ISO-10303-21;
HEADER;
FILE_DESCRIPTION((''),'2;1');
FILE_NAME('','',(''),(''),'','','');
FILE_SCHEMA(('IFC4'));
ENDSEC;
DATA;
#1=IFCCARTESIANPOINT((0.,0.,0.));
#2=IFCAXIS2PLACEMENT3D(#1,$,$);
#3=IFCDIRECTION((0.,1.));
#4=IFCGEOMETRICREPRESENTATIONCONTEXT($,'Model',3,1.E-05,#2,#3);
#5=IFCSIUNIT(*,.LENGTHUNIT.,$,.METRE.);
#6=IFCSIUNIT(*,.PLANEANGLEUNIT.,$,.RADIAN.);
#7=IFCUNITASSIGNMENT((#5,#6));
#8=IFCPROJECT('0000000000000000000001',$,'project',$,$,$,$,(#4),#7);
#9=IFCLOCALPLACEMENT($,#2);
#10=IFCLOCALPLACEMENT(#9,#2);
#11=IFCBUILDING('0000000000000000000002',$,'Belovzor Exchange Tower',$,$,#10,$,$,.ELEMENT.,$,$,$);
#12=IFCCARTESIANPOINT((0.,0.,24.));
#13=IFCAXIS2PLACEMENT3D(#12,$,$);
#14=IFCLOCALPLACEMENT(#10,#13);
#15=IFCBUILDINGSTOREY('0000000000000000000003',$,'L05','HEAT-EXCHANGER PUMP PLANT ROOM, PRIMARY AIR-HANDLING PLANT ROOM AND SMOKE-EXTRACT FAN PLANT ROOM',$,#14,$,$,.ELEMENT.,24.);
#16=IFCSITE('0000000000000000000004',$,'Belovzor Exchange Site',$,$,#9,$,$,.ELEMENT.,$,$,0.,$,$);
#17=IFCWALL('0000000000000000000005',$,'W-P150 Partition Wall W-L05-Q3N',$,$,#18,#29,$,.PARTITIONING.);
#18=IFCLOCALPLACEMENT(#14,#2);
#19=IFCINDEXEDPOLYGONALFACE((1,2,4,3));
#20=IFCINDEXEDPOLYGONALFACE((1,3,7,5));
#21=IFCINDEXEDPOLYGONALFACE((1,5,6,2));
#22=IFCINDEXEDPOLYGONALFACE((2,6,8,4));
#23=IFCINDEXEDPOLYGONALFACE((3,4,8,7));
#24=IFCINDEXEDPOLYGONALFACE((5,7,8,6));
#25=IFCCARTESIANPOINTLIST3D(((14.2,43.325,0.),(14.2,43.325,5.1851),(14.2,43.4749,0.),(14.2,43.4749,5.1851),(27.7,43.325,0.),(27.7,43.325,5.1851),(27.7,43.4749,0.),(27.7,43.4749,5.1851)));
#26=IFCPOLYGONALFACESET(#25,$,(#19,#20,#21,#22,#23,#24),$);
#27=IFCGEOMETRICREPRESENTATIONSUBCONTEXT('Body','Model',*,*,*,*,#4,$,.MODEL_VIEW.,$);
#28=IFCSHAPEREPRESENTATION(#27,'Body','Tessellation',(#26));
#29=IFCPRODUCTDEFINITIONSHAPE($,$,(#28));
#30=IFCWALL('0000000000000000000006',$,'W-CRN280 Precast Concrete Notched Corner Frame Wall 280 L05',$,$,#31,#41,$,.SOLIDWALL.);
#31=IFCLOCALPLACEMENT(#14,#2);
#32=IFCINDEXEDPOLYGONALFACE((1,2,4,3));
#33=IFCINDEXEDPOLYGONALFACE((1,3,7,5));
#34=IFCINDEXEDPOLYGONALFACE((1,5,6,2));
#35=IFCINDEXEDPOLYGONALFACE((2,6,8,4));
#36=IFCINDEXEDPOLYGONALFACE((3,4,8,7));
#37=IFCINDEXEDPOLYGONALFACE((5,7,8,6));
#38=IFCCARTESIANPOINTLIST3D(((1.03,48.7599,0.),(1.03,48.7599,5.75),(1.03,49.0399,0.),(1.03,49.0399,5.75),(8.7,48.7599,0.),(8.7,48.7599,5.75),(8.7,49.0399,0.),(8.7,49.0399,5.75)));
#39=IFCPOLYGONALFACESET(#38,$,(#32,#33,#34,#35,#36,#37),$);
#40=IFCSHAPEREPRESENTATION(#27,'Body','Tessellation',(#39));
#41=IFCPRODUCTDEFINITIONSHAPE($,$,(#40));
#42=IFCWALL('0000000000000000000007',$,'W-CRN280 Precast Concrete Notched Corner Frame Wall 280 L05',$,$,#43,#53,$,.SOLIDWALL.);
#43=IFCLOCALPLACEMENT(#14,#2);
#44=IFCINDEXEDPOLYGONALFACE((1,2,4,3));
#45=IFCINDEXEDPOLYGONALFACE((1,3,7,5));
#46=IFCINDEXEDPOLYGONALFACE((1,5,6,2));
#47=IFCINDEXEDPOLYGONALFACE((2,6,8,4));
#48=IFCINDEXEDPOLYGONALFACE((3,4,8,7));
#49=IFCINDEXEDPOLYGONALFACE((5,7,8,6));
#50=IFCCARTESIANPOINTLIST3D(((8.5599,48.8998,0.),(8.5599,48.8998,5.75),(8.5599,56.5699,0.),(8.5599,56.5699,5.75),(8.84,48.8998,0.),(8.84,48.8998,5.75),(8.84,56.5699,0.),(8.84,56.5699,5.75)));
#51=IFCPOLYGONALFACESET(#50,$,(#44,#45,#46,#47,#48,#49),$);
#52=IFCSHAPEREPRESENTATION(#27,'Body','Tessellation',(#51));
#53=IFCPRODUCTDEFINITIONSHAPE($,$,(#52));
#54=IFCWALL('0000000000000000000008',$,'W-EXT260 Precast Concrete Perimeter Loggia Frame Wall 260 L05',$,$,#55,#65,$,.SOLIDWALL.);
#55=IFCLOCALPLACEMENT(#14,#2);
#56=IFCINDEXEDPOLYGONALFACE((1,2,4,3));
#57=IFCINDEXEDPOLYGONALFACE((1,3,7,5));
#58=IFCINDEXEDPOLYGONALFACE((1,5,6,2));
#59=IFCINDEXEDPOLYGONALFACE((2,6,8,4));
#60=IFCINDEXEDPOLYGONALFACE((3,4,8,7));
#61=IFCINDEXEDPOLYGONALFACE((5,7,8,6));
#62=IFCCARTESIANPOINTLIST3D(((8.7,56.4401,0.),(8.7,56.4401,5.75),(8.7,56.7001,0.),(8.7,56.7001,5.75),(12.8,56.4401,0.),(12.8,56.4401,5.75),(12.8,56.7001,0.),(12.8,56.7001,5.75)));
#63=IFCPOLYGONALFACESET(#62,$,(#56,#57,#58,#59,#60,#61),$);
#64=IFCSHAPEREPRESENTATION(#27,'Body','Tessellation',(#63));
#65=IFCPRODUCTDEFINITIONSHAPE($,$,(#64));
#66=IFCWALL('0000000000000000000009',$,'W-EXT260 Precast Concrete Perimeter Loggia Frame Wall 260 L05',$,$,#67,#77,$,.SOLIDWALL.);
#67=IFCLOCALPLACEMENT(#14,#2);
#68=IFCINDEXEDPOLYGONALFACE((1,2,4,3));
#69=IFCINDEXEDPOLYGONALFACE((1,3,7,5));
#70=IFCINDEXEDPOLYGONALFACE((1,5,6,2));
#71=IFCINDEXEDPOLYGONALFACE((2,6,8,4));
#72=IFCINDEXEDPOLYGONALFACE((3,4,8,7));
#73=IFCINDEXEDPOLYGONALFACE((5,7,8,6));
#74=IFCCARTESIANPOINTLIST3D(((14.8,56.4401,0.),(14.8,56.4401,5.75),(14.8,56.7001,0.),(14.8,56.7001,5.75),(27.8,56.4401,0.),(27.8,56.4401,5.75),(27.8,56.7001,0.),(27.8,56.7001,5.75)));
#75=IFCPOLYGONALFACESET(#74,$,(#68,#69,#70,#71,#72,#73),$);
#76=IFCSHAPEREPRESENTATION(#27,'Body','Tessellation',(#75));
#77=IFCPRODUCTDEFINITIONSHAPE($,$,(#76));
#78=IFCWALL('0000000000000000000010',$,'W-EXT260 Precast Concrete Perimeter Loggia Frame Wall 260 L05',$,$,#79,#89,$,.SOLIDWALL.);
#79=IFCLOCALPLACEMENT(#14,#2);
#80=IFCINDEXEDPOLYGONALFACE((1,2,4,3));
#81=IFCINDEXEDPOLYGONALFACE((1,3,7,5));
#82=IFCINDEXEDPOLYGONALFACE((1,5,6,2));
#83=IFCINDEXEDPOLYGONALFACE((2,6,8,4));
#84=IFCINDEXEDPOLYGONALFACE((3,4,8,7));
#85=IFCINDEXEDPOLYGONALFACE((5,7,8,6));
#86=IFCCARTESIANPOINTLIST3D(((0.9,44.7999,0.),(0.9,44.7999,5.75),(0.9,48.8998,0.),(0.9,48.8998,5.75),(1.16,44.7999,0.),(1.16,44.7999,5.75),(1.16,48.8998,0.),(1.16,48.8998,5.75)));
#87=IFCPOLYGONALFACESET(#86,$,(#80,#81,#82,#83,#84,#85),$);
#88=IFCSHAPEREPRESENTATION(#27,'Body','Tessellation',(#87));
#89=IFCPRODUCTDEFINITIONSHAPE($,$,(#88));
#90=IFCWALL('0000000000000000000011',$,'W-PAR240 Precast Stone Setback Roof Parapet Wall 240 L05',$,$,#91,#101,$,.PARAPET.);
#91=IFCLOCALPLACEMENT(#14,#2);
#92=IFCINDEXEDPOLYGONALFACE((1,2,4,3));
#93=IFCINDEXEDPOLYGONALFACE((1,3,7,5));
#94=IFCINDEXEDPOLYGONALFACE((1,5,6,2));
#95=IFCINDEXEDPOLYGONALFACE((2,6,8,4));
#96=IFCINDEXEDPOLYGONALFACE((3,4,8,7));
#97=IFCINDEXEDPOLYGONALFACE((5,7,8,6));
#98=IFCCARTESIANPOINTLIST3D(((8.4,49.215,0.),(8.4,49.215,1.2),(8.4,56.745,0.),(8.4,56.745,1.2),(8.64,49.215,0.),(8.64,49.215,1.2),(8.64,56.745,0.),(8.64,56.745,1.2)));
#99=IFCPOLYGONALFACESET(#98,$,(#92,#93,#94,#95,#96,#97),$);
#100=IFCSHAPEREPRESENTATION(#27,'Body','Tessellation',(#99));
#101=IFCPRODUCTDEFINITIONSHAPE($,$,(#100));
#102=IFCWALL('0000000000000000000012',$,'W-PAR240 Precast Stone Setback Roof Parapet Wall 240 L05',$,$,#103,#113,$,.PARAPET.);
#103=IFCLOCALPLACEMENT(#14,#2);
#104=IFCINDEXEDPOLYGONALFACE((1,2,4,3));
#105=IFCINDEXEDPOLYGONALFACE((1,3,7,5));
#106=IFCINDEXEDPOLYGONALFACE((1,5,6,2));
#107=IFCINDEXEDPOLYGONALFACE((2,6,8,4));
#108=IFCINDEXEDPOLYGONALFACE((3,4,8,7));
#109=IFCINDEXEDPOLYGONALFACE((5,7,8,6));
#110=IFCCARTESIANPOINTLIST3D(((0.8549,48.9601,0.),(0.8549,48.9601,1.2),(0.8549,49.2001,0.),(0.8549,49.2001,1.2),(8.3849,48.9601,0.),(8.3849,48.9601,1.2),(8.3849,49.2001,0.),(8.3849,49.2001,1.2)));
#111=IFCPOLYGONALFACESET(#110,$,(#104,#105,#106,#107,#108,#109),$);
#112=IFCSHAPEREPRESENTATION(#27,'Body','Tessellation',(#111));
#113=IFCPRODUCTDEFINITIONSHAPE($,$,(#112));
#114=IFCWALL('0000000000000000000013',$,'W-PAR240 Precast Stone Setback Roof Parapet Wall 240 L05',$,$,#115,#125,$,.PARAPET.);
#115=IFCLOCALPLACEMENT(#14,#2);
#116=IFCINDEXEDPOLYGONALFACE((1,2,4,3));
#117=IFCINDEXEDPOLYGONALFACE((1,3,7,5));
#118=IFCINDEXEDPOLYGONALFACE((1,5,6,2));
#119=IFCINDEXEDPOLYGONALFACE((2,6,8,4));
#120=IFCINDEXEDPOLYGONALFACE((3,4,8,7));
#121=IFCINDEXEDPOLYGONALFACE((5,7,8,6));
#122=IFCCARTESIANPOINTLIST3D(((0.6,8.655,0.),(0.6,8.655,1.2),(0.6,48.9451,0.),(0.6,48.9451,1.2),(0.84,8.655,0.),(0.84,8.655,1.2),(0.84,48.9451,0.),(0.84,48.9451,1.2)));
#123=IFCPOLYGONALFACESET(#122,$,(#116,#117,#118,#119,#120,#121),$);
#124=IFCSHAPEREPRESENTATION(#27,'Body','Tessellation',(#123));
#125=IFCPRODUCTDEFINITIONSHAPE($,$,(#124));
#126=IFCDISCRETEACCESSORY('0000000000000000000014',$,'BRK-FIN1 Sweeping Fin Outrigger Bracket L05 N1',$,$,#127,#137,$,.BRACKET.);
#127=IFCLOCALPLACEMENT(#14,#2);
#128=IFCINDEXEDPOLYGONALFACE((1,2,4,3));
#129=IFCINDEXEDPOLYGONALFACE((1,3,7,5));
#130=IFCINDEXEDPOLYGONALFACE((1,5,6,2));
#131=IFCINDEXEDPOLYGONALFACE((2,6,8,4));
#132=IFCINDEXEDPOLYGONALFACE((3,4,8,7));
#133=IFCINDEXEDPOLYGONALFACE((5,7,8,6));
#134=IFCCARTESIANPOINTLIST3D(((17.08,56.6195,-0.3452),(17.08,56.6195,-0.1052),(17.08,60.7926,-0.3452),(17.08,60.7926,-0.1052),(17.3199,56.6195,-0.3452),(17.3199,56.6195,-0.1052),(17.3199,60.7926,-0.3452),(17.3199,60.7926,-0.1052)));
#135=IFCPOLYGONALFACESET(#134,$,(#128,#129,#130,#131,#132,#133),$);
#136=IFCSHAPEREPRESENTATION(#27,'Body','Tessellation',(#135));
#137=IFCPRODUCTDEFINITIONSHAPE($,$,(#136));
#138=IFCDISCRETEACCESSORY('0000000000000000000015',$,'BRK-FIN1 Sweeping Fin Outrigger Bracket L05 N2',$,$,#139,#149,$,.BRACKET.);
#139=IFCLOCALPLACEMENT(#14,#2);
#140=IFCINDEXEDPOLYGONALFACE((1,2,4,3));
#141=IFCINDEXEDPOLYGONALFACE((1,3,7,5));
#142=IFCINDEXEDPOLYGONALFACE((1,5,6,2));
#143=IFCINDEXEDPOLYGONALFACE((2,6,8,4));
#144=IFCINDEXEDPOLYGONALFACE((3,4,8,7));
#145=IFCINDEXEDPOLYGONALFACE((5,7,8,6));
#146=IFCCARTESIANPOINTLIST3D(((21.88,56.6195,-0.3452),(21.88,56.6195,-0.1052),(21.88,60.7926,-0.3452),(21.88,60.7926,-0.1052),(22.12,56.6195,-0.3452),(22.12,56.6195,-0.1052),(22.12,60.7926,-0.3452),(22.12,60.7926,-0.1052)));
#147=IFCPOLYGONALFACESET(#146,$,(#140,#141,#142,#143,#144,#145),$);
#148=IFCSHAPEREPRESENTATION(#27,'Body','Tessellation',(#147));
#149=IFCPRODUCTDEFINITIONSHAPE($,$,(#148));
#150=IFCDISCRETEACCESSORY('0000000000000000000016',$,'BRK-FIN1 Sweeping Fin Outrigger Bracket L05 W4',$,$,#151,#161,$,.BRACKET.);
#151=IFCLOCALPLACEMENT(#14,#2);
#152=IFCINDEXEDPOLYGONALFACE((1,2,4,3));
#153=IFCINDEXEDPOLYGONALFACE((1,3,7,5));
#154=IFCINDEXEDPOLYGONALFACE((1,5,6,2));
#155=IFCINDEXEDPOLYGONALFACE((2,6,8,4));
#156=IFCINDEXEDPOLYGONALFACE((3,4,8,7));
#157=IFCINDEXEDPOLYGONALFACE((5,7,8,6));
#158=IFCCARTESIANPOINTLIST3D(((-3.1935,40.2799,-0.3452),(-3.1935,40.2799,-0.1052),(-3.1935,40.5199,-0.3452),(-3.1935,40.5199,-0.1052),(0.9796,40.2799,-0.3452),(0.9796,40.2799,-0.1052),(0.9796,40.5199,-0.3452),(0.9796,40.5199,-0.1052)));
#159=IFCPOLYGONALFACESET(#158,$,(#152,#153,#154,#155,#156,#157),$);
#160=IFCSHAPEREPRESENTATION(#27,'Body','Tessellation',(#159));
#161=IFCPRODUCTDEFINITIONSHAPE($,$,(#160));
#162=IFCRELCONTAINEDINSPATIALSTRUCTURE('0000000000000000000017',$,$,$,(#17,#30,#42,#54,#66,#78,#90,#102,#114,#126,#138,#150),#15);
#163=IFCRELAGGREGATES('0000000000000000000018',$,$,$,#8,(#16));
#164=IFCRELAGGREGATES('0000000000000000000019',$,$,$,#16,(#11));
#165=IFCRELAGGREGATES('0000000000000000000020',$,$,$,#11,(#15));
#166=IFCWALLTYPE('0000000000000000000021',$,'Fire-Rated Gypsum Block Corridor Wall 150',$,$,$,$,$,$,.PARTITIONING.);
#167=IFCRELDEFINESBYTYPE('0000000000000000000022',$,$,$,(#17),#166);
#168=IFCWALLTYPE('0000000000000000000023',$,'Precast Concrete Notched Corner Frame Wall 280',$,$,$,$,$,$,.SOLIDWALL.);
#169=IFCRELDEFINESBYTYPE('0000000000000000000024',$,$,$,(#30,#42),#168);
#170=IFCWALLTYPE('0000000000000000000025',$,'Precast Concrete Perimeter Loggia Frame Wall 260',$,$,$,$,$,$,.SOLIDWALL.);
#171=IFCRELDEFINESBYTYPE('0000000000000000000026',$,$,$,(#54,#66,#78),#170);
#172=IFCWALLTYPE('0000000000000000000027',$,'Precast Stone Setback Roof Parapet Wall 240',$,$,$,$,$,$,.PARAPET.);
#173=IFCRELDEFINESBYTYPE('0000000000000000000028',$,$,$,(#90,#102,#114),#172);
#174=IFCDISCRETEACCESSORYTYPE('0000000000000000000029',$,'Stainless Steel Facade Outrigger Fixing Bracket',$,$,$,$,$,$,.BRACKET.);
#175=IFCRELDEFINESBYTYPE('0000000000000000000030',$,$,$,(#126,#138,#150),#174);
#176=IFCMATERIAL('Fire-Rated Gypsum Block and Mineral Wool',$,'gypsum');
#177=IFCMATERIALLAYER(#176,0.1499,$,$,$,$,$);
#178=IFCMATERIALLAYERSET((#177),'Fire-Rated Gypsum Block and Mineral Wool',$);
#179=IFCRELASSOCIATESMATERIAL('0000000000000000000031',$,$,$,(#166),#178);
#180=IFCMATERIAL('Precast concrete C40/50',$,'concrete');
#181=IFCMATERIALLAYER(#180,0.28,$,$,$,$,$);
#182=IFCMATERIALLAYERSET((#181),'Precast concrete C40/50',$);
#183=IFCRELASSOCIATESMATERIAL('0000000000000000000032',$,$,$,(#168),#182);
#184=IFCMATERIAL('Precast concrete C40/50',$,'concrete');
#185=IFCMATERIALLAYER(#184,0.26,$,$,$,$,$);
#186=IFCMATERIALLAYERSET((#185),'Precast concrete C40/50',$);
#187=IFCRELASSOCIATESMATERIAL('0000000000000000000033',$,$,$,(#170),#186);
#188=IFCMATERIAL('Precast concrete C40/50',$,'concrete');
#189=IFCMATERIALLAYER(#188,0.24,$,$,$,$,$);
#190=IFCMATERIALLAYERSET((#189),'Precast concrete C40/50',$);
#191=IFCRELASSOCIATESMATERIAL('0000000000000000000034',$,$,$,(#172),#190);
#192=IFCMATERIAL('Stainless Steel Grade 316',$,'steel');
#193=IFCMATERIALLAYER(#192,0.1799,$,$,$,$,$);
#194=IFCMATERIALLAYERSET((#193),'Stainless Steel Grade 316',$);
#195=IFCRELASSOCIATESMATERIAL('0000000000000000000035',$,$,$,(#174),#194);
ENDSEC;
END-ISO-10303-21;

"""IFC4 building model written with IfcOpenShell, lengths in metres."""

from ifc_helpers import new_model, si_unit, direction, frame, frame_2d, origin, origin_2d, place, context, subcontext, project, spatial, rectangle, extrude, material, layer, layer_set, type_object, element, save


model = new_model("IFC4")

# Units and contexts
model_context = context("Model", 3, precision=1e-05, world=origin(), true_north=direction((0.0, 1.0)))
body_context = subcontext(model_context, "Body", "Model", "MODEL_VIEW")
ifc_project = project(units=[si_unit("LENGTHUNIT", "METRE"), si_unit("PLANEANGLEUNIT", "RADIAN")], contexts=[model_context])

# Site, building, storey
site_placement = place(None, origin())
site = spatial("IfcSite", under=ifc_project, at=site_placement, Name="Belovzor Exchange Site", CompositionType="ELEMENT", RefElevation=0.0)
building_placement = place(site_placement, origin())
building = spatial("IfcBuilding", under=site, at=building_placement, Name="Belovzor Exchange Tower", CompositionType="ELEMENT")
storey_placement = place(building_placement, frame((0.0, 0.0, 24.0)))
storey = spatial("IfcBuildingStorey", under=building, at=storey_placement, Name="L05", Description="HEAT-EXCHANGER PUMP PLANT ROOM, PRIMARY AIR-HANDLING PLANT ROOM AND SMOKE-EXTRACT FAN PLANT ROOM", CompositionType="ELEMENT", Elevation=24.0)

# Walls
ifc_material_1 = material(Name="Fire-Rated Gypsum Block and Mineral Wool", Category="gypsum")
ifc_layer_1 = layer(ifc_material_1, 0.1499)
ifc_layer_set_1 = layer_set([ifc_layer_1], Name="Fire-Rated Gypsum Block and Mineral Wool")
wall_type_1 = type_object("IfcWallType", Name="Fire-Rated Gypsum Block Corridor Wall 150", PredefinedType="PARTITIONING", material=ifc_layer_set_1)
wall_1_placement = place(storey_placement, frame((14.2, 43.3999, 0.0), z_axis=(0.0, 0.0, 1.0), x_axis=(1.0, 0.0, 0.0)))
element("IfcWall", 1, at=wall_1_placement, inside=storey, type_object=wall_type_1, Name="W-P150 Partition Wall W-L05-Q3N", PredefinedType="PARTITIONING", context=body_context, shape_type="SweptSolid", body=[
    extrude(rectangle(XDim=13.5, YDim=0.1499, at=frame_2d((6.75, 0.0))), origin(), (0.0, 0.0, 1.0), 5.1851),
])
ifc_material_2 = material(Name="Precast concrete C40/50", Category="concrete")
ifc_layer_2 = layer(ifc_material_2, 0.28)
ifc_layer_set_2 = layer_set([ifc_layer_2], Name="Precast concrete C40/50")
wall_type_2 = type_object("IfcWallType", Name="Precast Concrete Notched Corner Frame Wall 280", PredefinedType="SOLIDWALL", material=ifc_layer_set_2)
wall_2_placement = place(storey_placement, frame((1.03, 48.8999, 0.0), z_axis=(0.0, 0.0, 1.0), x_axis=(1.0, 0.0, 0.0)))
element("IfcWall", 2, at=wall_2_placement, inside=storey, type_object=wall_type_2, Name="W-CRN280 Precast Concrete Notched Corner Frame Wall 280 L05", PredefinedType="SOLIDWALL", context=body_context, shape_type="SweptSolid", body=[
    extrude(rectangle(XDim=7.6699, YDim=0.28, at=frame_2d((3.835, 0.0))), origin(), (0.0, 0.0, 1.0), 5.75),
])
wall_3_placement = place(storey_placement, frame((8.7, 48.8999, 0.0), z_axis=(0.0, 0.0, 1.0), x_axis=(0.0, 1.0, 0.0)))
element("IfcWall", 3, at=wall_3_placement, inside=storey, type_object=wall_type_2, Name="W-CRN280 Precast Concrete Notched Corner Frame Wall 280 L05", PredefinedType="SOLIDWALL", context=body_context, shape_type="SweptSolid", body=[
    extrude(rectangle(XDim=7.6702, YDim=0.28, at=frame_2d((3.835, 0.0))), origin(), (0.0, 0.0, 1.0), 5.75),
])
ifc_material_3 = material(Name="Precast concrete C40/50", Category="concrete")
ifc_layer_3 = layer(ifc_material_3, 0.26)
ifc_layer_set_3 = layer_set([ifc_layer_3], Name="Precast concrete C40/50")
wall_type_3 = type_object("IfcWallType", Name="Precast Concrete Perimeter Loggia Frame Wall 260", PredefinedType="SOLIDWALL", material=ifc_layer_set_3)
wall_4_placement = place(storey_placement, frame((8.7, 56.5701, 0.0), z_axis=(0.0, 0.0, 1.0), x_axis=(1.0, 0.0, 0.0)))
element("IfcWall", 4, at=wall_4_placement, inside=storey, type_object=wall_type_3, Name="W-EXT260 Precast Concrete Perimeter Loggia Frame Wall 260 L05", PredefinedType="SOLIDWALL", context=body_context, shape_type="SweptSolid", body=[
    extrude(rectangle(XDim=4.1001, YDim=0.26, at=frame_2d((2.05, 0.0))), origin(), (0.0, 0.0, 1.0), 5.75),
])
wall_5_placement = place(storey_placement, frame((14.8, 56.5701, 0.0), z_axis=(0.0, 0.0, 1.0), x_axis=(1.0, 0.0, 0.0)))
element("IfcWall", 5, at=wall_5_placement, inside=storey, type_object=wall_type_3, Name="W-EXT260 Precast Concrete Perimeter Loggia Frame Wall 260 L05", PredefinedType="SOLIDWALL", context=body_context, shape_type="SweptSolid", body=[
    extrude(rectangle(XDim=13.0, YDim=0.26, at=frame_2d((6.5, 0.0))), origin(), (0.0, 0.0, 1.0), 5.75),
])
wall_6_placement = place(storey_placement, frame((1.03, 44.8, 0.0), z_axis=(0.0, 0.0, 1.0), x_axis=(0.0, 1.0, 0.0)))
element("IfcWall", 6, at=wall_6_placement, inside=storey, type_object=wall_type_3, Name="W-EXT260 Precast Concrete Perimeter Loggia Frame Wall 260 L05", PredefinedType="SOLIDWALL", context=body_context, shape_type="SweptSolid", body=[
    extrude(rectangle(XDim=4.0999, YDim=0.26, at=frame_2d((2.0498, 0.0))), origin(), (0.0, 0.0, 1.0), 5.75),
])
ifc_material_4 = material(Name="Precast concrete C40/50", Category="concrete")
ifc_layer_4 = layer(ifc_material_4, 0.24)
ifc_layer_set_4 = layer_set([ifc_layer_4], Name="Precast concrete C40/50")
wall_type_4 = type_object("IfcWallType", Name="Precast Stone Setback Roof Parapet Wall 240", PredefinedType="PARAPET", material=ifc_layer_set_4)
for number, where, z_axis, x_axis, name in (
    (7, (8.52, 56.7451, 0.0), (0.0, 0.0, 1.0), (0.0, -1.0, 0.0), "W-PAR240 Precast Stone Setback Roof Parapet Wall 240 L05"),
    (8, (8.385, 49.0801, 0.0), (0.0, 0.0, 1.0), (-1.0, 0.0, 0.0), "W-PAR240 Precast Stone Setback Roof Parapet Wall 240 L05"),
):
    element("IfcWall", number, at=place(storey_placement, frame(where, z_axis=z_axis, x_axis=x_axis)), inside=storey, type_object=wall_type_4, Name=name, PredefinedType="PARAPET", context=body_context, shape_type="SweptSolid", body=[
        extrude(rectangle(XDim=7.53, YDim=0.24, at=frame_2d((3.7651, 0.0))), origin(), (0.0, 0.0, 1.0), 1.2),
    ])
wall_7_placement = place(storey_placement, frame((0.72, 48.9451, 0.0), z_axis=(0.0, 0.0, 1.0), x_axis=(0.0, -1.0, 0.0)))
element("IfcWall", 9, at=wall_7_placement, inside=storey, type_object=wall_type_4, Name="W-PAR240 Precast Stone Setback Roof Parapet Wall 240 L05", PredefinedType="PARAPET", context=body_context, shape_type="SweptSolid", body=[
    extrude(rectangle(XDim=40.29, YDim=0.24, at=frame_2d((20.145, 0.0))), origin(), (0.0, 0.0, 1.0), 1.2),
])

# Discrete accessories
ifc_material_5 = material(Name="Stainless Steel Grade 316", Category="steel")
ifc_layer_5 = layer(ifc_material_5, 0.1799)
ifc_layer_set_5 = layer_set([ifc_layer_5], Name="Stainless Steel Grade 316")
discrete_accessory_type = type_object("IfcDiscreteAccessoryType", Name="Stainless Steel Facade Outrigger Fixing Bracket", PredefinedType="BRACKET", material=ifc_layer_set_5)
for number, where, z_axis, x_axis, name in (
    (10, (17.2, 58.7061, -0.3452), (0.0, 0.0, 1.0), (0.0, 1.0, 0.0), "BRK-FIN1 Sweeping Fin Outrigger Bracket L05 N1"),
    (11, (22.0, 58.7061, -0.3452), (0.0, 0.0, 1.0), (0.0, 1.0, 0.0), "BRK-FIN1 Sweeping Fin Outrigger Bracket L05 N2"),
    (12, (-1.1069, 40.3999, -0.3452), (0.0, 0.0, 1.0), (1.0, 0.0, 0.0), "BRK-FIN1 Sweeping Fin Outrigger Bracket L05 W4"),
):
    element("IfcDiscreteAccessory", number, at=place(storey_placement, frame(where, z_axis=z_axis, x_axis=x_axis)), inside=storey, type_object=discrete_accessory_type, Name=name, PredefinedType="BRACKET", context=body_context, shape_type="SweptSolid", body=[
        extrude(rectangle(XDim=4.1731, YDim=0.24, at=origin_2d()), origin(), (0.0, 0.0, 1.0), 0.24),
    ])

save(model, "model.ifc")
